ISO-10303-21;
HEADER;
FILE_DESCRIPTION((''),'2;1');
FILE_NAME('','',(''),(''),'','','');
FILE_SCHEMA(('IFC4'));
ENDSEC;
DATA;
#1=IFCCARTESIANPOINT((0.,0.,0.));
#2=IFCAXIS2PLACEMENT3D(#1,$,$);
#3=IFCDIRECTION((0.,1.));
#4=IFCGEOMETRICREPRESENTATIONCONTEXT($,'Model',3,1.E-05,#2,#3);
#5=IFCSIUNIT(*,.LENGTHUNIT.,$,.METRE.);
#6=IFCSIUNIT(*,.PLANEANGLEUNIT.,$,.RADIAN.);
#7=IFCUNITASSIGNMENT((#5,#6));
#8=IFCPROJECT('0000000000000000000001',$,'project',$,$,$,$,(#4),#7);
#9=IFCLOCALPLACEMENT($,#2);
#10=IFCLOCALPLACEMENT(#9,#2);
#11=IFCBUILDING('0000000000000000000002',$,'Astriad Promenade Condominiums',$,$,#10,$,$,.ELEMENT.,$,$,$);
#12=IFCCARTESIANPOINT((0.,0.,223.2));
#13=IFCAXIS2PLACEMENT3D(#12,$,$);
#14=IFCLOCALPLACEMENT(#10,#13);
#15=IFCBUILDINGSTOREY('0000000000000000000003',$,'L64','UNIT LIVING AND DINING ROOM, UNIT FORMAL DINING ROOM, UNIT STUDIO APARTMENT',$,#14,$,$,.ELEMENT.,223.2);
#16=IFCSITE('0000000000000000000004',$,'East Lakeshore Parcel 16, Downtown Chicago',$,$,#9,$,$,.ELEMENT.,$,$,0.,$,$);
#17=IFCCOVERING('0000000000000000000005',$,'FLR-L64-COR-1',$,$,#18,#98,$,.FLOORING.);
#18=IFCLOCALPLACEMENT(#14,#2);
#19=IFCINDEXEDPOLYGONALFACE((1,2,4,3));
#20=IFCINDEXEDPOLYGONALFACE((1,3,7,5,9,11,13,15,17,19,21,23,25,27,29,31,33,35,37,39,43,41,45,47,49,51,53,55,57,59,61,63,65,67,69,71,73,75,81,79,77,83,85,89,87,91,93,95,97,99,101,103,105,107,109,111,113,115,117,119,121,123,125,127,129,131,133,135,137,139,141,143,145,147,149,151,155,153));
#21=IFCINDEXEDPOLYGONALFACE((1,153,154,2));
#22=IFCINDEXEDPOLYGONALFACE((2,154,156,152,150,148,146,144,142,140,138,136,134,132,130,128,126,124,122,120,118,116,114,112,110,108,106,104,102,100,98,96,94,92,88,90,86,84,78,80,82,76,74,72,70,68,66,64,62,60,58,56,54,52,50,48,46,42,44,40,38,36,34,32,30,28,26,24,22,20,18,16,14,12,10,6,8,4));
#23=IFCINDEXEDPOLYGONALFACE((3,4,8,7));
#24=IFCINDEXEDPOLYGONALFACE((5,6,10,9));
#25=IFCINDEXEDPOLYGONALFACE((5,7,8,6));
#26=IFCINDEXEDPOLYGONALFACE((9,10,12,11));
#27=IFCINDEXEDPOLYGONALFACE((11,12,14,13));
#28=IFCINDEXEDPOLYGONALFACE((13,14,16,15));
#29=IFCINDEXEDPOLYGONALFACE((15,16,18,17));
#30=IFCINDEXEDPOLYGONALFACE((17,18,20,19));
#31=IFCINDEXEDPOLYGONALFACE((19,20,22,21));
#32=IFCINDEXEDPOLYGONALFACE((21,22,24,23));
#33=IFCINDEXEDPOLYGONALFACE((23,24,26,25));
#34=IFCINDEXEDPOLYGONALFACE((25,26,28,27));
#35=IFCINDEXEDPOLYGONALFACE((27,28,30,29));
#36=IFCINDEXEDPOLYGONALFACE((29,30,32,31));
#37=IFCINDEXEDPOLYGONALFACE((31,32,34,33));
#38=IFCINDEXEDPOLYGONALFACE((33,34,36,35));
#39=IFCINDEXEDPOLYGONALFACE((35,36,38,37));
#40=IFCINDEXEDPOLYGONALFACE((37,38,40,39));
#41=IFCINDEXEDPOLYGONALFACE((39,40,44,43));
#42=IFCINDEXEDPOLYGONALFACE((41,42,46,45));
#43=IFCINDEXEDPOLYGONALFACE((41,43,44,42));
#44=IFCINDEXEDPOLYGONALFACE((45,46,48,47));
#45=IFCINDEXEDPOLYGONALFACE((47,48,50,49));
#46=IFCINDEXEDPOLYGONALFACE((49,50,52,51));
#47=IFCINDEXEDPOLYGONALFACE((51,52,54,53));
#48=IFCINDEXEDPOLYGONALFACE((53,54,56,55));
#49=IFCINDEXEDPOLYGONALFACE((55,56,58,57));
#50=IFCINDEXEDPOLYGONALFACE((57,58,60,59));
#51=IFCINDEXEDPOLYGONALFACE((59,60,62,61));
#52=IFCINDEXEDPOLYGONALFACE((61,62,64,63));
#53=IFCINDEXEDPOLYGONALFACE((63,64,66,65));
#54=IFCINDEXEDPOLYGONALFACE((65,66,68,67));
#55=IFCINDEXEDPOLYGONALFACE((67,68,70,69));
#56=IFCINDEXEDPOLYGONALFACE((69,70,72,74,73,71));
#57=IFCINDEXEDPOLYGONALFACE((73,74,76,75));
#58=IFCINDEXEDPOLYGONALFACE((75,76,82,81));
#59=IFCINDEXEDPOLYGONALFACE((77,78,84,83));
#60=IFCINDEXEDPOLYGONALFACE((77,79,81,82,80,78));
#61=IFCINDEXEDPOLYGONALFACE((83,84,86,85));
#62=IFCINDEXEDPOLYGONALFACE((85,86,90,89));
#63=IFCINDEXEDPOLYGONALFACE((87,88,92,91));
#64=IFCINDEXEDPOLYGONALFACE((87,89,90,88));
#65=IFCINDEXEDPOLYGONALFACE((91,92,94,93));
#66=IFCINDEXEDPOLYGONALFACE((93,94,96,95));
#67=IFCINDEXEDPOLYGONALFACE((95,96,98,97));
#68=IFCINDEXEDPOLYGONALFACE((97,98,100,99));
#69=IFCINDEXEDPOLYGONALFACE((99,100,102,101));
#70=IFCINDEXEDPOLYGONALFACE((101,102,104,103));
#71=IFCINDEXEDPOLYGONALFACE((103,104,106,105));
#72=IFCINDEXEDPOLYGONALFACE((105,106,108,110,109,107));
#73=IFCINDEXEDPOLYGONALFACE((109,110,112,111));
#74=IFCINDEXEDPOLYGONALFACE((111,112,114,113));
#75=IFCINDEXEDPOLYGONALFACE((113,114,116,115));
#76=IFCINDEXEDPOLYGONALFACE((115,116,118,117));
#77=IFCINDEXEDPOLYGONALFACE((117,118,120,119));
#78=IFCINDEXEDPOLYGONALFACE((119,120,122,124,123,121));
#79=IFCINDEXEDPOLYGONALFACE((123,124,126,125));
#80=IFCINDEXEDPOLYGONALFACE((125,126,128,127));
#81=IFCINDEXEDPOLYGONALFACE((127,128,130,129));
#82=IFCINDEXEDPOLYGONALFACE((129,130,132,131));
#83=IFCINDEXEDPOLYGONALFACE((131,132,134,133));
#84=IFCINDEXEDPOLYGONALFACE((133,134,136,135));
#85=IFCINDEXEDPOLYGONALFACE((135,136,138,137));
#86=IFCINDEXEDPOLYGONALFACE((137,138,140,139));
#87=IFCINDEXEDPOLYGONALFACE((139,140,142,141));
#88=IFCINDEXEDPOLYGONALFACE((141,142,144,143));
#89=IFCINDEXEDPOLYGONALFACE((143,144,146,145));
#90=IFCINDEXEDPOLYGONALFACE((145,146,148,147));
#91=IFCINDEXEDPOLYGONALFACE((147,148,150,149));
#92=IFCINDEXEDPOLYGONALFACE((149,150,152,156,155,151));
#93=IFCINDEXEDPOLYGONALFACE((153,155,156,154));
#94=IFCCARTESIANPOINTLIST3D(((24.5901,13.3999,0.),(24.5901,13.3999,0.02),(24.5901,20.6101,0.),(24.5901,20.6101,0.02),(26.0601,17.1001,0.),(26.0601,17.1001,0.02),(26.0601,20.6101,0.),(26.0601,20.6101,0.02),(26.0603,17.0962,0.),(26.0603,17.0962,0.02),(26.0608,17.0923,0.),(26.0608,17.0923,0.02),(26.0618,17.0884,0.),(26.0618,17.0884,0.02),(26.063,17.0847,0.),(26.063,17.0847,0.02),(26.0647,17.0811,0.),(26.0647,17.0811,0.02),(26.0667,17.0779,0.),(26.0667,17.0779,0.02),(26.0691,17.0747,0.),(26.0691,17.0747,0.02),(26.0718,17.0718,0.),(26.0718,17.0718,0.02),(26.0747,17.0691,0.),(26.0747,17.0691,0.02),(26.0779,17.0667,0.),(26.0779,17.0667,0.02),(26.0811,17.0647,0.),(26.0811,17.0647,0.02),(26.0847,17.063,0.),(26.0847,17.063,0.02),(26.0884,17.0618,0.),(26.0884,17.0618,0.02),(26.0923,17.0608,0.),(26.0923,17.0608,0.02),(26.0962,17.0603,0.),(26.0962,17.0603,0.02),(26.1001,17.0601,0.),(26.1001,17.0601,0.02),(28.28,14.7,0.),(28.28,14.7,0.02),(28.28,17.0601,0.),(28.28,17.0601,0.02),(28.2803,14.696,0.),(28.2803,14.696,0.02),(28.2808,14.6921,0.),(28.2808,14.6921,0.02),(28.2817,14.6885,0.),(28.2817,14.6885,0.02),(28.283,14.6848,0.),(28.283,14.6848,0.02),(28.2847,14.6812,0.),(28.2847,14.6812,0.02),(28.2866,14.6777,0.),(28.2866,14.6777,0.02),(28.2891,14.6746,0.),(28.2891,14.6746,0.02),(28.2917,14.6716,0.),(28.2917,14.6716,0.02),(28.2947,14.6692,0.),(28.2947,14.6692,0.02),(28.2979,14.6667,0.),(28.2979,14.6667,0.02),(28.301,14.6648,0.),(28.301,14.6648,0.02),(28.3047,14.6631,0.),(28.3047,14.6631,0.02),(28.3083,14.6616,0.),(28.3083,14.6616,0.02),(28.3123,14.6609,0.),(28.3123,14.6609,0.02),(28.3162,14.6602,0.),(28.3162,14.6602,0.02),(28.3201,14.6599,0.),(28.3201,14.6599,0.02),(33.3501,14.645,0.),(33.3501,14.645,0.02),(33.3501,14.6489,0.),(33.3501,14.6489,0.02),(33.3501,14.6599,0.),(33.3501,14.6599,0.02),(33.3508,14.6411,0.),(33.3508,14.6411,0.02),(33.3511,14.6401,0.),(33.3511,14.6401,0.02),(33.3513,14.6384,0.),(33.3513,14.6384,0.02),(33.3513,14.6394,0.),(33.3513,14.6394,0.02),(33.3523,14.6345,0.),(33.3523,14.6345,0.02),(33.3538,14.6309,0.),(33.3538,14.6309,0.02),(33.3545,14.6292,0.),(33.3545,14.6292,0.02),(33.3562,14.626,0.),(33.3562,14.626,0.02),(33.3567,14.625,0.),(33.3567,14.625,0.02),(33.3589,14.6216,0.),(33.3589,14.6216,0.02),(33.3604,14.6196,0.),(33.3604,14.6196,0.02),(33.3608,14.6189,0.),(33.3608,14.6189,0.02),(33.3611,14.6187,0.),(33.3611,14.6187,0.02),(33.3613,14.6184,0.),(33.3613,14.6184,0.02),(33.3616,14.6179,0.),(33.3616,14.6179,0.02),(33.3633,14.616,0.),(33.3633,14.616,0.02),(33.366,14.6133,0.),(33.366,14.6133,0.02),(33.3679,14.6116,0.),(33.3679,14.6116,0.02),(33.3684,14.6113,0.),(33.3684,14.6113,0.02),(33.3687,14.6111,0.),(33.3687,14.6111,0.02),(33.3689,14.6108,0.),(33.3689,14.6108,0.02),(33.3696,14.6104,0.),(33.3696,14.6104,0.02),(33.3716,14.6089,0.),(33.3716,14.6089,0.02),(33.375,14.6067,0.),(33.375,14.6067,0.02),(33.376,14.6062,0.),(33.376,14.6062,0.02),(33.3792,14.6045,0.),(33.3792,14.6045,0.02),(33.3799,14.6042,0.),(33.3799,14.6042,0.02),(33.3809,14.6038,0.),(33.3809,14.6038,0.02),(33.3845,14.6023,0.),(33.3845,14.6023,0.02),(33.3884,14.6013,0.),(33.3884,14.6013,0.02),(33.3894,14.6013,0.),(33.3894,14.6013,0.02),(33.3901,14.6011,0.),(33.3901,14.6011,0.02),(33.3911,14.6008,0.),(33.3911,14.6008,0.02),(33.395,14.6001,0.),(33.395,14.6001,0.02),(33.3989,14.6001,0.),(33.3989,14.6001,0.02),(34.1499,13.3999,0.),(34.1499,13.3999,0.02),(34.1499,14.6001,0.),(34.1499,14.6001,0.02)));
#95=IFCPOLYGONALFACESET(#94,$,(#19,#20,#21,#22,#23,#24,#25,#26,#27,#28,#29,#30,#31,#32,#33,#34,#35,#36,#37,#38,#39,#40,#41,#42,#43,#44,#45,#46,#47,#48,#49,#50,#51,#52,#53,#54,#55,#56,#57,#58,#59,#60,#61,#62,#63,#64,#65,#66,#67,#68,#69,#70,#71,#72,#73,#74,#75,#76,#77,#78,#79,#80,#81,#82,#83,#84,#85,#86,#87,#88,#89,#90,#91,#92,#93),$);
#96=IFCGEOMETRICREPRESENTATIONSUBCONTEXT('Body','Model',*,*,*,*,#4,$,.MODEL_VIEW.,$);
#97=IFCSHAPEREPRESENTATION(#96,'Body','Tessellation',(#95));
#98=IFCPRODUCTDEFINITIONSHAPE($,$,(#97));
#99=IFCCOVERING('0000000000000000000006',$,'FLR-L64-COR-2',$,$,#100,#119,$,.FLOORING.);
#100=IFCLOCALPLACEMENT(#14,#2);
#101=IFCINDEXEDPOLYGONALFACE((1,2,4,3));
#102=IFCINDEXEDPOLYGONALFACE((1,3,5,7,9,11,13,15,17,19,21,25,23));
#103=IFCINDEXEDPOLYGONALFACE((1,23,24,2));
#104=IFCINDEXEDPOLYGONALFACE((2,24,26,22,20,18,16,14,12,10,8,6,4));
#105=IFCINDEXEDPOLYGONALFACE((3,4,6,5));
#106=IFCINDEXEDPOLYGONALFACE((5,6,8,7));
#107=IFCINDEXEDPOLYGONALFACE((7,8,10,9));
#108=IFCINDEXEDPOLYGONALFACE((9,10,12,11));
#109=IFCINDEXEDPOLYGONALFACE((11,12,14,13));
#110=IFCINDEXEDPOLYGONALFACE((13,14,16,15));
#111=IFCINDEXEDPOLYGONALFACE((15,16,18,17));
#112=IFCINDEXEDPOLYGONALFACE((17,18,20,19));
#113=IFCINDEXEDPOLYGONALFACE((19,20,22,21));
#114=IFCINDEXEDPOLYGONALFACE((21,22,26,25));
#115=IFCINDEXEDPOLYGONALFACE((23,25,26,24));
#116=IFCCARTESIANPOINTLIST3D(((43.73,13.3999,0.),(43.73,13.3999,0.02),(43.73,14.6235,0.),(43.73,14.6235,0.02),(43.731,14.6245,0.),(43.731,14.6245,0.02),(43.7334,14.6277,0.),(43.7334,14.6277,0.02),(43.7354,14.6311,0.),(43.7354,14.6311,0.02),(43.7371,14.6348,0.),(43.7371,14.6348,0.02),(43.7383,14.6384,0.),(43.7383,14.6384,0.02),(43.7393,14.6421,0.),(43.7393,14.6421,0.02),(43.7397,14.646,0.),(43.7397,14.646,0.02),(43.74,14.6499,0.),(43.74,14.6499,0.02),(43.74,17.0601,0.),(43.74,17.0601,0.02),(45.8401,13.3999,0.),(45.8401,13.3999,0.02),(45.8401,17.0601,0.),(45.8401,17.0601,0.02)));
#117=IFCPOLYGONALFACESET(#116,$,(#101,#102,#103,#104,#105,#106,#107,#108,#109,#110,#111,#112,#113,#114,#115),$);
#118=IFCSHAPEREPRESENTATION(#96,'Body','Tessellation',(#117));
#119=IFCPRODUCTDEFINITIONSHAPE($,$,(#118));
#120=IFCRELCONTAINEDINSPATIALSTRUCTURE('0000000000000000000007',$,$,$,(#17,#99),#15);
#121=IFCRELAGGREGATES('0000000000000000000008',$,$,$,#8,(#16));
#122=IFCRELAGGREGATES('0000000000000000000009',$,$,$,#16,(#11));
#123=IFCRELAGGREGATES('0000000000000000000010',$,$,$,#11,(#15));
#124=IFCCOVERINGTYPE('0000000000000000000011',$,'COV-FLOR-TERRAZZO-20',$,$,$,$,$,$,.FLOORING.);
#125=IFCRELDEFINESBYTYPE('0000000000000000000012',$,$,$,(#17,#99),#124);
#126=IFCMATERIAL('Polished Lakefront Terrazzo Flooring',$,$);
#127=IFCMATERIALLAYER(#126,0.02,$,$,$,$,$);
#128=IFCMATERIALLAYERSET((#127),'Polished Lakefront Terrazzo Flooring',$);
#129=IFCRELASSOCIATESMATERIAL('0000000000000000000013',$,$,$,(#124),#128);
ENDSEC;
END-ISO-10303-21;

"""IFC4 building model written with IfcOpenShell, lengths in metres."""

from ifc_helpers import new_model, si_unit, direction, frame, origin, place, context, subcontext, project, spatial, polyline, outline, extrude, material, layer, layer_set, type_object, element, save


model = new_model("IFC4")

# Units and contexts
model_context = context("Model", 3, precision=1e-05, world=origin(), true_north=direction((0.0, 1.0)))
body_context = subcontext(model_context, "Body", "Model", "MODEL_VIEW")
ifc_project = project(units=[si_unit("LENGTHUNIT", "METRE"), si_unit("PLANEANGLEUNIT", "RADIAN")], contexts=[model_context])

# Site, building, storey
site_placement = place(None, origin())
site = spatial("IfcSite", under=ifc_project, at=site_placement, Name="East Lakeshore Parcel 16, Downtown Chicago", CompositionType="ELEMENT", RefElevation=0.0)
building_placement = place(site_placement, origin())
building = spatial("IfcBuilding", under=site, at=building_placement, Name="Astriad Promenade Condominiums", CompositionType="ELEMENT")
storey_placement = place(building_placement, frame((0.0, 0.0, 223.2)))
storey = spatial("IfcBuildingStorey", under=building, at=storey_placement, Name="L64", Description="UNIT LIVING AND DINING ROOM, UNIT FORMAL DINING ROOM, UNIT STUDIO APARTMENT", CompositionType="ELEMENT", Elevation=223.2)

# Coverings
ifc_material_1 = material(Name="Polished Lakefront Terrazzo Flooring")
ifc_layer_1 = layer(ifc_material_1, 0.02)
ifc_layer_set_1 = layer_set([ifc_layer_1], Name="Polished Lakefront Terrazzo Flooring")
covering_type = type_object("IfcCoveringType", Name="COV-FLOR-TERRAZZO-20", PredefinedType="FLOORING", material=ifc_layer_set_1)
covering_1_placement = place(storey_placement, origin())
element("IfcCovering", 1, at=covering_1_placement, inside=storey, type_object=covering_type, Name="FLR-L64-COR-1", PredefinedType="FLOORING", context=body_context, shape_type="SweptSolid", body=[
    extrude(outline(polyline([(24.5901, 13.3999), (24.5901, 20.6101), (26.0601, 20.6101), (26.0601, 17.1001), (26.0603, 17.0962), (26.0608, 17.0923), (26.0618, 17.0884), (26.063, 17.0847), (26.0647, 17.0811), (26.0667, 17.0779), (26.0691, 17.0747), (26.0718, 17.0718), (26.0747, 17.0691), (26.0779, 17.0667), (26.0811, 17.0647), (26.0847, 17.063), (26.0884, 17.0618), (26.0923, 17.0608), (26.0962, 17.0603), (26.1001, 17.0601), (28.28, 17.0601), (28.28, 14.7), (28.2803, 14.696), (28.2808, 14.6921), (28.2817, 14.6885), (28.283, 14.6848), (28.2847, 14.6812), (28.2866, 14.6777), (28.2891, 14.6746), (28.2917, 14.6716), (28.2947, 14.6692), (28.2979, 14.6667), (28.301, 14.6648), (28.3047, 14.6631), (28.3083, 14.6616), (28.3123, 14.6609), (28.3162, 14.6602), (28.3201, 14.6599), (33.3501, 14.6599), (33.3501, 14.6489), (33.3501, 14.645), (33.3508, 14.6411), (33.3511, 14.6401), (33.3513, 14.6394), (33.3513, 14.6384), (33.3523, 14.6345), (33.3538, 14.6309), (33.3545, 14.6292), (33.3562, 14.626), (33.3567, 14.625), (33.3589, 14.6216), (33.3604, 14.6196), (33.3608, 14.6189), (33.3611, 14.6187), (33.3613, 14.6184), (33.3616, 14.6179), (33.3633, 14.616), (33.366, 14.6133), (33.3679, 14.6116), (33.3684, 14.6113), (33.3687, 14.6111), (33.3689, 14.6108), (33.3696, 14.6104), (33.3716, 14.6089), (33.375, 14.6067), (33.376, 14.6062), (33.3792, 14.6045), (33.3799, 14.6042), (33.3809, 14.6038), (33.3845, 14.6023), (33.3884, 14.6013), (33.3894, 14.6013), (33.3901, 14.6011), (33.3911, 14.6008), (33.395, 14.6001), (33.3989, 14.6001), (34.1499, 14.6001), (34.1499, 13.3999), (24.5901, 13.3999)])), origin(), (0.0, 0.0, 1.0), 0.02),
])
covering_2_placement = place(storey_placement, origin())
element("IfcCovering", 2, at=covering_2_placement, inside=storey, type_object=covering_type, Name="FLR-L64-COR-2", PredefinedType="FLOORING", context=body_context, shape_type="SweptSolid", body=[
    extrude(outline(polyline([(43.73, 14.6235), (43.731, 14.6245), (43.7334, 14.6277), (43.7354, 14.6311), (43.7371, 14.6348), (43.7383, 14.6384), (43.7393, 14.6421), (43.7397, 14.646), (43.74, 14.6499), (43.74, 17.0601), (45.8401, 17.0601), (45.8401, 13.3999), (43.73, 13.3999), (43.73, 14.6235)])), origin(), (0.0, 0.0, 1.0), 0.02),
])

save(model, "model.ifc")
